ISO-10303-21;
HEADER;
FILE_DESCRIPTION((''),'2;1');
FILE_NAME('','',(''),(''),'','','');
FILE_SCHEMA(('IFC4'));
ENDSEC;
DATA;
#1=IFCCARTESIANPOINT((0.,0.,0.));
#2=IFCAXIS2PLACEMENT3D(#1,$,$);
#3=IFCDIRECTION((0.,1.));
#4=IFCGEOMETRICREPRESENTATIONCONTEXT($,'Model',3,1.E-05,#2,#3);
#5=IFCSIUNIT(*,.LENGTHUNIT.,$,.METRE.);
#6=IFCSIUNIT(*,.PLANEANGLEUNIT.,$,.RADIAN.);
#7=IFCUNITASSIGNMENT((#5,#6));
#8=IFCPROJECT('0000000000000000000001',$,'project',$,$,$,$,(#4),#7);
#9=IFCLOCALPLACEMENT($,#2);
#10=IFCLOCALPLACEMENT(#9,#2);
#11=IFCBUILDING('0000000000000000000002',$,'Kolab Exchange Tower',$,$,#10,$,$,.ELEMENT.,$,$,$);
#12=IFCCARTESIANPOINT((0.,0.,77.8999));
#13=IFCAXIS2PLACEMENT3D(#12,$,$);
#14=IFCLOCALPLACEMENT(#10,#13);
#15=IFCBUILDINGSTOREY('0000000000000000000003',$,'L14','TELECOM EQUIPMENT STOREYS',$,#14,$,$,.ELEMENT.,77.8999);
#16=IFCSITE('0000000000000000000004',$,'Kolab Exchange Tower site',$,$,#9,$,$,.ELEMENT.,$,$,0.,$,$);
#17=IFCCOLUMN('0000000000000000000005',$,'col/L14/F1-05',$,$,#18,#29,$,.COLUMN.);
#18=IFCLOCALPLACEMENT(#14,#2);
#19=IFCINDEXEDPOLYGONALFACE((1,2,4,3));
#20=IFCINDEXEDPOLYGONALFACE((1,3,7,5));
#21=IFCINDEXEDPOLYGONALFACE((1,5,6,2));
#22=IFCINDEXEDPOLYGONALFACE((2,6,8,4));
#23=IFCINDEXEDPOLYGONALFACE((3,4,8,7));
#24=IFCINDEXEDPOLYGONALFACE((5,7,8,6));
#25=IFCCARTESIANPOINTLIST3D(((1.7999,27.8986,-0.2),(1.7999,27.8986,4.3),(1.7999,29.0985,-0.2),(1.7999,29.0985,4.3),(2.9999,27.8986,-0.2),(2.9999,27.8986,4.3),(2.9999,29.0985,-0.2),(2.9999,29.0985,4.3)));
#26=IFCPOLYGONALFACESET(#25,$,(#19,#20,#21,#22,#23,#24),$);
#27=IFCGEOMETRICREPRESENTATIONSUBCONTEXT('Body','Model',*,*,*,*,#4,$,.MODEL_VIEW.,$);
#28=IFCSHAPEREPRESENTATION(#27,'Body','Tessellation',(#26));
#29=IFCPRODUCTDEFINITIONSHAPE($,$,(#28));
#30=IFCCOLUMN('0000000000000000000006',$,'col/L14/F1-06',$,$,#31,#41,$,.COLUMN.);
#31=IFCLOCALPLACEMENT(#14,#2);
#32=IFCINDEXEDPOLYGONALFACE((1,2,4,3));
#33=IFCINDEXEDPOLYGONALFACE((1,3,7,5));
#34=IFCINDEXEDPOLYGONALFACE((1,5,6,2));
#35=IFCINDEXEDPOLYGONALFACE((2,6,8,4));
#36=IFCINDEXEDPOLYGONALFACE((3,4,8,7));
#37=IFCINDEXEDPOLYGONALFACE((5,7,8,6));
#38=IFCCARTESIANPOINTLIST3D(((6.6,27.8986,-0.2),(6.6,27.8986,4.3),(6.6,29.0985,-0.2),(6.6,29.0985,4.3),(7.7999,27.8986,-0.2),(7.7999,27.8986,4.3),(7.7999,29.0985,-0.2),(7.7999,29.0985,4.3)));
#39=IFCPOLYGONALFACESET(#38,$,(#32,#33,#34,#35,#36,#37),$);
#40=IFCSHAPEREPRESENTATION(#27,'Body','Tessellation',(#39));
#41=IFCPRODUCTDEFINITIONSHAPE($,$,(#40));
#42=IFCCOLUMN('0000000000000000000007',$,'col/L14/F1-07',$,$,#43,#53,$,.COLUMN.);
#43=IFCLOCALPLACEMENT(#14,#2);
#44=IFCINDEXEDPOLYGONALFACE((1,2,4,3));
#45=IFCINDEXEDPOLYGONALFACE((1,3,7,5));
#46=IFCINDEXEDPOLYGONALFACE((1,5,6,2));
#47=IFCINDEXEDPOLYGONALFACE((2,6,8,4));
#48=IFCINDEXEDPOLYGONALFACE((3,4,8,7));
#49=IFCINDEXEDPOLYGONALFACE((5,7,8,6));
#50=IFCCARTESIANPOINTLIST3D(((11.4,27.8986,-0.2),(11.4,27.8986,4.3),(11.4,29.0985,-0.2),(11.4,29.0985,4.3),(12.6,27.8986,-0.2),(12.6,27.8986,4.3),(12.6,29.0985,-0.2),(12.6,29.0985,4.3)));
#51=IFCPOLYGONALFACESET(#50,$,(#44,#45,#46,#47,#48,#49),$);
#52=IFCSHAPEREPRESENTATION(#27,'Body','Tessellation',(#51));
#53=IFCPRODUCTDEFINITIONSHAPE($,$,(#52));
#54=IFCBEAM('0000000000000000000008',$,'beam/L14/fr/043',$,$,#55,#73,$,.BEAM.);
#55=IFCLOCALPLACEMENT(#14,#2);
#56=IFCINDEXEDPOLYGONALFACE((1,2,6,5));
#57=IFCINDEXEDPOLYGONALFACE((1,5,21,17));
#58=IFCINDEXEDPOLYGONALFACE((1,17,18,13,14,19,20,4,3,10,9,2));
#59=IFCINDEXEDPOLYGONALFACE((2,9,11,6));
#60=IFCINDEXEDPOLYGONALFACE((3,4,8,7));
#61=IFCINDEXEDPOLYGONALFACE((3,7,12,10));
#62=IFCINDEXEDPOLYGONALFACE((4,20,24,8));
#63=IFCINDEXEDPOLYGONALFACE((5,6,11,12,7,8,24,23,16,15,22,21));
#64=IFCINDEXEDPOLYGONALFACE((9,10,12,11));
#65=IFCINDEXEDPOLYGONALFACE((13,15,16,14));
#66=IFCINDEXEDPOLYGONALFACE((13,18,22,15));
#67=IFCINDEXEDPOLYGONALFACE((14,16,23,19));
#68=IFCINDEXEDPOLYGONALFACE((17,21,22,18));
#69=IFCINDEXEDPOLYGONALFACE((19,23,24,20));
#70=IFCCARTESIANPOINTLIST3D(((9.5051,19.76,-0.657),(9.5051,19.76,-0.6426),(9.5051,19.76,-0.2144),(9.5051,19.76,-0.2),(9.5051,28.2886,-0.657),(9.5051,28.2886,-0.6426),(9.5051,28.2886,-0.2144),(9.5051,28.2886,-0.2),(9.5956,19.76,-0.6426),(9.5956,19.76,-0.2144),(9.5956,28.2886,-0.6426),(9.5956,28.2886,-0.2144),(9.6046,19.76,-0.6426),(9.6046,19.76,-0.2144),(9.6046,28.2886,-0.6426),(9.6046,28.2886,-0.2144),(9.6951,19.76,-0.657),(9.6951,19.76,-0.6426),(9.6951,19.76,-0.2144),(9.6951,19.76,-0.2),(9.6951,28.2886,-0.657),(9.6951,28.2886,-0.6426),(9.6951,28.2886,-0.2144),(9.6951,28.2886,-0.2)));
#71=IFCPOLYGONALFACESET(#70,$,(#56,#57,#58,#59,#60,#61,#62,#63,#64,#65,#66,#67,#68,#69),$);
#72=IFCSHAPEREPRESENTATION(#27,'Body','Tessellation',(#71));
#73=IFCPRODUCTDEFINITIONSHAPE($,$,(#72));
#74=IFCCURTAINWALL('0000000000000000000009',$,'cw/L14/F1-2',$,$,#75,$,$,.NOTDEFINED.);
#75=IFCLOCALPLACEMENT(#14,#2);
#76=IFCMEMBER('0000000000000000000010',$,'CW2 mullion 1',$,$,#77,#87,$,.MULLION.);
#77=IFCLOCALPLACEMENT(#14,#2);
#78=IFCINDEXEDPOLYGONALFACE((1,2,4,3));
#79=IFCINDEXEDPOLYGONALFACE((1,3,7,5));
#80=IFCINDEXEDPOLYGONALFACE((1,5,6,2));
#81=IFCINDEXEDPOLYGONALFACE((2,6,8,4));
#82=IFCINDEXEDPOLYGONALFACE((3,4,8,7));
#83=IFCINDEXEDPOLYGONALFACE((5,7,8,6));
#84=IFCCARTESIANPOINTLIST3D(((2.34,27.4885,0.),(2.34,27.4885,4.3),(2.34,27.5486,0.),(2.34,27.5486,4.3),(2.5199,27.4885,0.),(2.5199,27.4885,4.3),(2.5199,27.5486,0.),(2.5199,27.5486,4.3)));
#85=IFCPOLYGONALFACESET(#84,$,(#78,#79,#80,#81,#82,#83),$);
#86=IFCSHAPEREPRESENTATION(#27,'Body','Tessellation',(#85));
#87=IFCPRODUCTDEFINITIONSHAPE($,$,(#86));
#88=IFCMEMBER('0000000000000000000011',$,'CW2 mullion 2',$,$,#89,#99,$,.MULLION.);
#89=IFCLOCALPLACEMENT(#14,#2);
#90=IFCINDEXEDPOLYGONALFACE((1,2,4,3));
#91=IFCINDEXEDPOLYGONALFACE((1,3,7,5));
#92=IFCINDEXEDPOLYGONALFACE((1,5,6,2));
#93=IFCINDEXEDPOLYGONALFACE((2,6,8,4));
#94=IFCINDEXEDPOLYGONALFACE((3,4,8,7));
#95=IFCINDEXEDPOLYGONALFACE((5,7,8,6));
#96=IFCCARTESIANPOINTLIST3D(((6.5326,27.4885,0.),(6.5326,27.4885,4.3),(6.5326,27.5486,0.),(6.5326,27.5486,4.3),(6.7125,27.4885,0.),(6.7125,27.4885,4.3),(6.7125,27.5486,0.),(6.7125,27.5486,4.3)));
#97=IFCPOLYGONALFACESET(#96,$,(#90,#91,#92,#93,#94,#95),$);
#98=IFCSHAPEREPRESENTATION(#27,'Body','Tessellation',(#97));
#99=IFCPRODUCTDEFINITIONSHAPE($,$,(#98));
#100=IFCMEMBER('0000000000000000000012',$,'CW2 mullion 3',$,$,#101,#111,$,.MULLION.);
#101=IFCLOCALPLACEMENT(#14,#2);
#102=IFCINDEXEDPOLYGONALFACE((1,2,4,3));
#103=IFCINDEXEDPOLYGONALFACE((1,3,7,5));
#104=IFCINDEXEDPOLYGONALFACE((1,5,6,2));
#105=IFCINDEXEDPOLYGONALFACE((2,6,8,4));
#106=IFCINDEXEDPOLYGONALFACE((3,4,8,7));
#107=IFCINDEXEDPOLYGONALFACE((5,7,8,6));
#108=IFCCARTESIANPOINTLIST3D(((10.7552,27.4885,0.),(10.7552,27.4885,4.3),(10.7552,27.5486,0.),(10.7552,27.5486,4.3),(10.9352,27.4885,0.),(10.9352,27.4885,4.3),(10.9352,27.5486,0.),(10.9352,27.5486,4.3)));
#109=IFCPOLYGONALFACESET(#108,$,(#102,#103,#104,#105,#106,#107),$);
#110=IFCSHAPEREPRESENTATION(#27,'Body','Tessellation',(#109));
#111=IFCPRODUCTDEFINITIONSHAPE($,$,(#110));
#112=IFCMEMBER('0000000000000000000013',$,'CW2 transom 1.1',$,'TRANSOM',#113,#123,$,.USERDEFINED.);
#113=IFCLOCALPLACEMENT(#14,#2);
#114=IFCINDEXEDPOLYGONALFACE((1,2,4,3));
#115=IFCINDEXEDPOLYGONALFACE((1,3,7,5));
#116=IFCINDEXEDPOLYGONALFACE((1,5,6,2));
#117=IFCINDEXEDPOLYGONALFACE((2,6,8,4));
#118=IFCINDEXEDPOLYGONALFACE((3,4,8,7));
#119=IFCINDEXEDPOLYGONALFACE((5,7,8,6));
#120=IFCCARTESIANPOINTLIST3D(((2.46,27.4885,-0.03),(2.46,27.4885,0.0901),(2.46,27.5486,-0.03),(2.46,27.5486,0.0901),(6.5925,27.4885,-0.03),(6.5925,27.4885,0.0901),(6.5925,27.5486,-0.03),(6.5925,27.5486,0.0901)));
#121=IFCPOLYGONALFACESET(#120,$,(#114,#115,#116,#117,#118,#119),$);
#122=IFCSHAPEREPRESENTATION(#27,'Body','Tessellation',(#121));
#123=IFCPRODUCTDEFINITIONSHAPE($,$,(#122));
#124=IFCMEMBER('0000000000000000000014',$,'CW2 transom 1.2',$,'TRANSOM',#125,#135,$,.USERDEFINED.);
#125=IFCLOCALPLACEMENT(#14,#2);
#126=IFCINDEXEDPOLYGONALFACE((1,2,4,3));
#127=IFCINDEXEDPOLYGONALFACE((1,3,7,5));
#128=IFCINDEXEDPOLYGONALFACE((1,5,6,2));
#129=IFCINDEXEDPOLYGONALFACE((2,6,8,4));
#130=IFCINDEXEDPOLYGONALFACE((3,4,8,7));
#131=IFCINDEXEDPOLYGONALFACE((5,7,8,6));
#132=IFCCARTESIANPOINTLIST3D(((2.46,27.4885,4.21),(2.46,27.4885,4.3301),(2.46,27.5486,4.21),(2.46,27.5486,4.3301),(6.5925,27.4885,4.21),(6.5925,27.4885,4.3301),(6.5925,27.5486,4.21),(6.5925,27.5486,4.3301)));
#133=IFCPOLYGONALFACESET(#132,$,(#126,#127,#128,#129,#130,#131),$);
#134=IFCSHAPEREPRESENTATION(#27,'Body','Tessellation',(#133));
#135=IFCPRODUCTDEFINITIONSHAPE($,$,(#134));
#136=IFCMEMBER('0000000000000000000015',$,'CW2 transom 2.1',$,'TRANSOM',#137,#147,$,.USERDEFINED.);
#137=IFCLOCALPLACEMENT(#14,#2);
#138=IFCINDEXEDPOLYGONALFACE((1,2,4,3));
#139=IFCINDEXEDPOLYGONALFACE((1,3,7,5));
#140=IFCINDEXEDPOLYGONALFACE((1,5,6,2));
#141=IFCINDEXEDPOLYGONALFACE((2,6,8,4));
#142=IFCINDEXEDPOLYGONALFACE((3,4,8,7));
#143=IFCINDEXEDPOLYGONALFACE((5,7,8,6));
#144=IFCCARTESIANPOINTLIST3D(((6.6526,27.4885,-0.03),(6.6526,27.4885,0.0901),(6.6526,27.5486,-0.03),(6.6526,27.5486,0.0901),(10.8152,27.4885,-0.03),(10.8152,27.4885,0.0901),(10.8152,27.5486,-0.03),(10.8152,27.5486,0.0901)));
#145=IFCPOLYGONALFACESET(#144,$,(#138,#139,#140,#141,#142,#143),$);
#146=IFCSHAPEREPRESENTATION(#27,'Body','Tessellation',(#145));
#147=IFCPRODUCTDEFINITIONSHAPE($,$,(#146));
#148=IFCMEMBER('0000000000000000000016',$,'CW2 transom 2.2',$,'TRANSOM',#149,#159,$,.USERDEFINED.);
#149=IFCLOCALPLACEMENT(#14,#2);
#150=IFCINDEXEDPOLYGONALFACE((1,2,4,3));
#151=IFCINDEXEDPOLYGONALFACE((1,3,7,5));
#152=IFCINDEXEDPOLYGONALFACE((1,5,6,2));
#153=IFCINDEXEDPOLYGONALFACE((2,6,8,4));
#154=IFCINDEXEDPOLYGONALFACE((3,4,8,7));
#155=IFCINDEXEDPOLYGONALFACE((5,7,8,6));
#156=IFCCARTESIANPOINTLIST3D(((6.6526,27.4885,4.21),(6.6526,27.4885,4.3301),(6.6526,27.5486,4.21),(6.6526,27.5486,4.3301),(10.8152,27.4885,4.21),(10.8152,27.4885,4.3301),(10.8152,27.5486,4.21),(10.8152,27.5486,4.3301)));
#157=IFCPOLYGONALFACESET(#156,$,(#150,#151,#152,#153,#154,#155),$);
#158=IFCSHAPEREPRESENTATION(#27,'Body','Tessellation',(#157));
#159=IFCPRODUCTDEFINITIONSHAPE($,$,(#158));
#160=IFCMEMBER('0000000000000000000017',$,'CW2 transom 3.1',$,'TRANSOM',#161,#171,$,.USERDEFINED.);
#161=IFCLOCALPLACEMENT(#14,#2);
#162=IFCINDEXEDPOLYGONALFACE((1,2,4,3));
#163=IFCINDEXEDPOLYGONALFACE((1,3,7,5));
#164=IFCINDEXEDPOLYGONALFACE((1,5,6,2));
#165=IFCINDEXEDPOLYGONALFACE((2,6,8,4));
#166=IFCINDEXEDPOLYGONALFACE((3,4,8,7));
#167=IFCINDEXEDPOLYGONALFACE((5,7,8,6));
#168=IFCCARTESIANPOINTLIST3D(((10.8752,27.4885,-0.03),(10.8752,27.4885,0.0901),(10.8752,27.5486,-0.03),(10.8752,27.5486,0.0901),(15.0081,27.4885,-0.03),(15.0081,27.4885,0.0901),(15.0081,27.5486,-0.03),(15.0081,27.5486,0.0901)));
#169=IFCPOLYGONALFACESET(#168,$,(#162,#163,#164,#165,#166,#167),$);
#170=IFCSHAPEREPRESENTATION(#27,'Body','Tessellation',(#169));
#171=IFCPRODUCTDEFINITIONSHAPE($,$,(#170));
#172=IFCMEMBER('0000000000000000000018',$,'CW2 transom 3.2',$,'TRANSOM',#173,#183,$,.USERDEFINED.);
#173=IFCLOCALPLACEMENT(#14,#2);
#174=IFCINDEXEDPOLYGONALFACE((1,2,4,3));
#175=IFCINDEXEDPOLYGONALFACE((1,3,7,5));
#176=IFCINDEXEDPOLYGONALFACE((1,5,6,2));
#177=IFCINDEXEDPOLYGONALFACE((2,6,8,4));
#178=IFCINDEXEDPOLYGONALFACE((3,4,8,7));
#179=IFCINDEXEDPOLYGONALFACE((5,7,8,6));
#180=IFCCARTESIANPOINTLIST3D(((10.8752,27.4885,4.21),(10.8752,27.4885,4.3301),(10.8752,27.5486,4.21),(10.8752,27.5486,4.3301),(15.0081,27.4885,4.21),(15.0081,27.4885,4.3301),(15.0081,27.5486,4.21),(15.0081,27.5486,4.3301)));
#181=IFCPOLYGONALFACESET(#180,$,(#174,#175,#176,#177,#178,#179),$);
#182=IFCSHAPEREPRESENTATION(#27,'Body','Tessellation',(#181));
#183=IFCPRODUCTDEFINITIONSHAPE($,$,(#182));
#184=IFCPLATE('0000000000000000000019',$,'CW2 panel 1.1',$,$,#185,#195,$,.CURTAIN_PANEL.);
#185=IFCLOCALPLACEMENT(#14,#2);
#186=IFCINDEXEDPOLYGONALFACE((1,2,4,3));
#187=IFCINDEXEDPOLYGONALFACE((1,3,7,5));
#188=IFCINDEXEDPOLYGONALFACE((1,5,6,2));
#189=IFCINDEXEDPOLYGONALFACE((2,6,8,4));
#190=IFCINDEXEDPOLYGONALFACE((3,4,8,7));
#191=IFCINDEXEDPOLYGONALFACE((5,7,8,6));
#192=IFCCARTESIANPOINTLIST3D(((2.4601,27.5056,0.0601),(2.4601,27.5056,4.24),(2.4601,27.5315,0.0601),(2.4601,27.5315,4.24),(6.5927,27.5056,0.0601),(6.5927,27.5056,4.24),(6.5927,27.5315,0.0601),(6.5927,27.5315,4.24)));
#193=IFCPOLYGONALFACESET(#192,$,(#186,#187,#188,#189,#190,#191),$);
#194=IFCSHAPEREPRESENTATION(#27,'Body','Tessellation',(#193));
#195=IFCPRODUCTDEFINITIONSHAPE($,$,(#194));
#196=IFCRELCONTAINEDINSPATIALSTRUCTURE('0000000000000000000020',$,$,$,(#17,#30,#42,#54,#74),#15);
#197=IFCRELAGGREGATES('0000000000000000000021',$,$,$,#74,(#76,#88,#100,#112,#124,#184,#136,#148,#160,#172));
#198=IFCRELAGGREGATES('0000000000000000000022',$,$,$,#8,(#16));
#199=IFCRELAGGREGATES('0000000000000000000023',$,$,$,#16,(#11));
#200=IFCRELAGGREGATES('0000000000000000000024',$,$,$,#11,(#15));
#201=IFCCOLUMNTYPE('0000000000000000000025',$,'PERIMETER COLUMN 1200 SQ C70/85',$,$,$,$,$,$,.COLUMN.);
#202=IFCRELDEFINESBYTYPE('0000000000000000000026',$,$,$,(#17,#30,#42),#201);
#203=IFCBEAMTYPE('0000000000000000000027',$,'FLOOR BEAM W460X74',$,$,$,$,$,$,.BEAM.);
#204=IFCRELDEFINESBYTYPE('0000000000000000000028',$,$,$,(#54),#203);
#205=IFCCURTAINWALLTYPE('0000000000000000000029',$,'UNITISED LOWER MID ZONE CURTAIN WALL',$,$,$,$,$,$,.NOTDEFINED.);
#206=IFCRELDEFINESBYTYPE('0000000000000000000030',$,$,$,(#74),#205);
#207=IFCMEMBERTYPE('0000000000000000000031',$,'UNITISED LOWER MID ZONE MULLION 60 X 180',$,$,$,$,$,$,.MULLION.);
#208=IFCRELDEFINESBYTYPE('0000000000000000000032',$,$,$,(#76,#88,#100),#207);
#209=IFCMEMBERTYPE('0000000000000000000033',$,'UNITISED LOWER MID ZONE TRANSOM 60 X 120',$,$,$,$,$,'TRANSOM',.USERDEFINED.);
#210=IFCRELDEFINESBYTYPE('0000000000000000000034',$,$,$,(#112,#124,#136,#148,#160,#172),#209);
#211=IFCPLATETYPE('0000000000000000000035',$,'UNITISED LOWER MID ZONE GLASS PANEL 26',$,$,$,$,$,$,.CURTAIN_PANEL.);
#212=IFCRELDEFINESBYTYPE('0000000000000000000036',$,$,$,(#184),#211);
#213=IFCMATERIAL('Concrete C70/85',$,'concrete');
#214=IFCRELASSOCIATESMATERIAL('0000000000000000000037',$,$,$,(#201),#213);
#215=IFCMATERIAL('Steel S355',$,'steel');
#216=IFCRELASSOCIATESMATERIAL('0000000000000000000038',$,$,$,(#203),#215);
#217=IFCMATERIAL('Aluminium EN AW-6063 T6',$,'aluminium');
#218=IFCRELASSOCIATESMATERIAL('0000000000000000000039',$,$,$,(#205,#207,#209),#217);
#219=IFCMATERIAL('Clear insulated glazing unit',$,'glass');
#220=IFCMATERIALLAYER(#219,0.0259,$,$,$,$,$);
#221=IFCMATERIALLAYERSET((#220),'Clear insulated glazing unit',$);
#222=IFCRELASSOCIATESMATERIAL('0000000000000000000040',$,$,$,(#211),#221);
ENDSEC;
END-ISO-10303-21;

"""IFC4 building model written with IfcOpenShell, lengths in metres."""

from ifc_helpers import new_model, si_unit, direction, frame, origin, origin_2d, place, context, subcontext, project, spatial, rectangle, i_section, extrude, material, layer, layer_set, material_profile, profile_set, type_object, element, aggregate, save


model = new_model("IFC4")

# Units and contexts
model_context = context("Model", 3, precision=1e-05, world=origin(), true_north=direction((0.0, 1.0)))
body_context = subcontext(model_context, "Body", "Model", "MODEL_VIEW")
ifc_project = project(units=[si_unit("LENGTHUNIT", "METRE"), si_unit("PLANEANGLEUNIT", "RADIAN")], contexts=[model_context])

# Site, building, storey
site_placement = place(None, origin())
site = spatial("IfcSite", under=ifc_project, at=site_placement, Name="Kolab Exchange Tower site", CompositionType="ELEMENT", RefElevation=0.0)
building_placement = place(site_placement, origin())
building = spatial("IfcBuilding", under=site, at=building_placement, Name="Kolab Exchange Tower", CompositionType="ELEMENT")
storey_placement = place(building_placement, frame((0.0, 0.0, 77.8999)))
storey = spatial("IfcBuildingStorey", under=building, at=storey_placement, Name="L14", Description="TELECOM EQUIPMENT STOREYS", CompositionType="ELEMENT", Elevation=77.8999)

# Columns
ifc_material_1 = material(Name="Concrete C70/85", Category="concrete")
ifc_material_profile_1 = material_profile(ifc_material_1, rectangle(XDim=1.2, YDim=1.2, at=origin_2d()), Name="RC1200")
ifc_profile_set_1 = profile_set([ifc_material_profile_1], Name="Concrete C70/85")
column_type = type_object("IfcColumnType", Name="PERIMETER COLUMN 1200 SQ C70/85", PredefinedType="COLUMN", material=ifc_profile_set_1)
for number, where, z_axis, x_axis, name in (
    (1, (2.3999, 28.4985, -0.2), (0.0, 0.0, 1.0), (1.0, 0.0, 0.0), "col/L14/F1-05"),
    (2, (7.2, 28.4985, -0.2), (0.0, 0.0, 1.0), (1.0, 0.0, 0.0), "col/L14/F1-06"),
    (3, (12.0, 28.4985, -0.2), (0.0, 0.0, 1.0), (1.0, 0.0, 0.0), "col/L14/F1-07"),
):
    element("IfcColumn", number, at=place(storey_placement, frame(where, z_axis=z_axis, x_axis=x_axis)), inside=storey, type_object=column_type, Name=name, PredefinedType="COLUMN", context=body_context, shape_type="SweptSolid", body=[
        extrude(rectangle(XDim=1.2, YDim=1.2, at=origin_2d()), origin(), (0.0, 0.0, 1.0), 4.5),
    ])

# Beam
ifc_material_2 = material(Name="Steel S355", Category="steel")
ifc_material_profile_2 = material_profile(ifc_material_2, i_section(OverallWidth=0.1899, OverallDepth=0.457, WebThickness=0.009, FlangeThickness=0.0144, at=origin_2d()), Name="W460X74")
ifc_profile_set_2 = profile_set([ifc_material_profile_2], Name="Steel S355")
beam_type = type_object("IfcBeamType", Name="FLOOR BEAM W460X74", PredefinedType="BEAM", material=ifc_profile_set_2)
beam_placement = place(storey_placement, frame((9.6001, 19.76, -0.4285), z_axis=(0.0, 1.0, 0.0), x_axis=(-1.0, 0.0, 0.0)))
element("IfcBeam", 4, at=beam_placement, inside=storey, type_object=beam_type, Name="beam/L14/fr/043", PredefinedType="BEAM", context=body_context, shape_type="SweptSolid", body=[
    extrude(i_section(OverallWidth=0.1899, OverallDepth=0.457, WebThickness=0.009, FlangeThickness=0.0144, at=origin_2d()), origin(), (0.0, 0.0, 1.0), 8.5286),
])

# Curtain wall, members, plate
ifc_material_3 = material(Name="Aluminium EN AW-6063 T6", Category="aluminium")
curtain_wall_type = type_object("IfcCurtainWallType", Name="UNITISED LOWER MID ZONE CURTAIN WALL", PredefinedType="NOTDEFINED", material=ifc_material_3)
curtain_wall_placement = place(storey_placement, origin())
curtain_wall = element("IfcCurtainWall", 5, at=curtain_wall_placement, inside=storey, type_object=curtain_wall_type, Name="cw/L14/F1-2", PredefinedType="NOTDEFINED")
ifc_material_profile_3 = material_profile(ifc_material_3, rectangle(XDim=0.0601, YDim=0.1799, at=origin_2d()), Name="RECT 60X180")
ifc_profile_set_3 = profile_set([ifc_material_profile_3], Name="Aluminium EN AW-6063 T6")
member_type_1 = type_object("IfcMemberType", Name="UNITISED LOWER MID ZONE MULLION 60 X 180", PredefinedType="MULLION", material=ifc_profile_set_3)
member_1_placement = place(storey_placement, frame((2.4299, 27.5186, 0.0), z_axis=(0.0, 0.0, 1.0), x_axis=(0.0, 1.0, 0.0)))
member_1 = element("IfcMember", 6, at=member_1_placement, type_object=member_type_1, Name="CW2 mullion 1", PredefinedType="MULLION", context=body_context, shape_type="SweptSolid", body=[
    extrude(rectangle(XDim=0.0601, YDim=0.1799, at=origin_2d()), origin(), (0.0, 0.0, 1.0), 4.3),
])
member_2_placement = place(storey_placement, frame((6.6226, 27.5186, 0.0), z_axis=(0.0, 0.0, 1.0), x_axis=(0.0, 1.0, 0.0)))
member_2 = element("IfcMember", 7, at=member_2_placement, type_object=member_type_1, Name="CW2 mullion 2", PredefinedType="MULLION", context=body_context, shape_type="SweptSolid", body=[
    extrude(rectangle(XDim=0.0601, YDim=0.1799, at=origin_2d()), origin(), (0.0, 0.0, 1.0), 4.3),
])
member_3_placement = place(storey_placement, frame((10.8452, 27.5186, 0.0), z_axis=(0.0, 0.0, 1.0), x_axis=(0.0, 1.0, 0.0)))
member_3 = element("IfcMember", 8, at=member_3_placement, type_object=member_type_1, Name="CW2 mullion 3", PredefinedType="MULLION", context=body_context, shape_type="SweptSolid", body=[
    extrude(rectangle(XDim=0.0601, YDim=0.1799, at=origin_2d()), origin(), (0.0, 0.0, 1.0), 4.3),
])
ifc_material_profile_4 = material_profile(ifc_material_3, rectangle(XDim=0.0601, YDim=0.1201, at=origin_2d()), Name="RECT 60X120")
ifc_profile_set_4 = profile_set([ifc_material_profile_4], Name="Aluminium EN AW-6063 T6")
member_type_2 = type_object("IfcMemberType", Name="UNITISED LOWER MID ZONE TRANSOM 60 X 120", ElementType="TRANSOM", PredefinedType="USERDEFINED", material=ifc_profile_set_4)
member_4_placement = place(storey_placement, frame((2.46, 27.5186, 0.03), z_axis=(1.0, 0.0, 0.0), x_axis=(0.0, 1.0, 0.0)))
member_4 = element("IfcMember", 9, at=member_4_placement, type_object=member_type_2, Name="CW2 transom 1.1", ObjectType="TRANSOM", PredefinedType="USERDEFINED", context=body_context, shape_type="SweptSolid", body=[
    extrude(rectangle(XDim=0.0601, YDim=0.1201, at=origin_2d()), origin(), (0.0, 0.0, 1.0), 4.1326),
])
member_5_placement = place(storey_placement, frame((2.46, 27.5186, 4.27), z_axis=(1.0, 0.0, 0.0), x_axis=(0.0, 1.0, 0.0)))
member_5 = element("IfcMember", 10, at=member_5_placement, type_object=member_type_2, Name="CW2 transom 1.2", ObjectType="TRANSOM", PredefinedType="USERDEFINED", context=body_context, shape_type="SweptSolid", body=[
    extrude(rectangle(XDim=0.0601, YDim=0.1201, at=origin_2d()), origin(), (0.0, 0.0, 1.0), 4.1326),
])
member_6_placement = place(storey_placement, frame((6.6526, 27.5186, 0.03), z_axis=(1.0, 0.0, 0.0), x_axis=(0.0, 1.0, 0.0)))
member_6 = element("IfcMember", 11, at=member_6_placement, type_object=member_type_2, Name="CW2 transom 2.1", ObjectType="TRANSOM", PredefinedType="USERDEFINED", context=body_context, shape_type="SweptSolid", body=[
    extrude(rectangle(XDim=0.0601, YDim=0.1201, at=origin_2d()), origin(), (0.0, 0.0, 1.0), 4.1626),
])
member_7_placement = place(storey_placement, frame((6.6526, 27.5186, 4.27), z_axis=(1.0, 0.0, 0.0), x_axis=(0.0, 1.0, 0.0)))
member_7 = element("IfcMember", 12, at=member_7_placement, type_object=member_type_2, Name="CW2 transom 2.2", ObjectType="TRANSOM", PredefinedType="USERDEFINED", context=body_context, shape_type="SweptSolid", body=[
    extrude(rectangle(XDim=0.0601, YDim=0.1201, at=origin_2d()), origin(), (0.0, 0.0, 1.0), 4.1626),
])
member_8_placement = place(storey_placement, frame((10.8752, 27.5186, 0.03), z_axis=(1.0, 0.0, 0.0), x_axis=(0.0, 1.0, 0.0)))
member_8 = element("IfcMember", 13, at=member_8_placement, type_object=member_type_2, Name="CW2 transom 3.1", ObjectType="TRANSOM", PredefinedType="USERDEFINED", context=body_context, shape_type="SweptSolid", body=[
    extrude(rectangle(XDim=0.0601, YDim=0.1201, at=origin_2d()), origin(), (0.0, 0.0, 1.0), 4.1328),
])
member_9_placement = place(storey_placement, frame((10.8752, 27.5186, 4.27), z_axis=(1.0, 0.0, 0.0), x_axis=(0.0, 1.0, 0.0)))
member_9 = element("IfcMember", 14, at=member_9_placement, type_object=member_type_2, Name="CW2 transom 3.2", ObjectType="TRANSOM", PredefinedType="USERDEFINED", context=body_context, shape_type="SweptSolid", body=[
    extrude(rectangle(XDim=0.0601, YDim=0.1201, at=origin_2d()), origin(), (0.0, 0.0, 1.0), 4.1328),
])
ifc_material_4 = material(Name="Clear insulated glazing unit", Category="glass")
ifc_layer_1 = layer(ifc_material_4, 0.0259)
ifc_layer_set_1 = layer_set([ifc_layer_1], Name="Clear insulated glazing unit")
plate_type = type_object("IfcPlateType", Name="UNITISED LOWER MID ZONE GLASS PANEL 26", PredefinedType="CURTAIN_PANEL", material=ifc_layer_set_1)
plate_1_placement = place(storey_placement, frame((4.5264, 27.5186, 0.0601), z_axis=(0.0, 0.0, 1.0), x_axis=(1.0, 0.0, 0.0)))
plate_1 = element("IfcPlate", 15, at=plate_1_placement, type_object=plate_type, Name="CW2 panel 1.1", PredefinedType="CURTAIN_PANEL", context=body_context, shape_type="SweptSolid", body=[
    extrude(rectangle(XDim=4.1326, YDim=0.0259, at=origin_2d()), origin(), (0.0, 0.0, 1.0), 4.1799),
])
aggregate(curtain_wall, [member_1, member_2, member_3, member_4, member_5, plate_1, member_6, member_7, member_8, member_9])

save(model, "model.ifc")
